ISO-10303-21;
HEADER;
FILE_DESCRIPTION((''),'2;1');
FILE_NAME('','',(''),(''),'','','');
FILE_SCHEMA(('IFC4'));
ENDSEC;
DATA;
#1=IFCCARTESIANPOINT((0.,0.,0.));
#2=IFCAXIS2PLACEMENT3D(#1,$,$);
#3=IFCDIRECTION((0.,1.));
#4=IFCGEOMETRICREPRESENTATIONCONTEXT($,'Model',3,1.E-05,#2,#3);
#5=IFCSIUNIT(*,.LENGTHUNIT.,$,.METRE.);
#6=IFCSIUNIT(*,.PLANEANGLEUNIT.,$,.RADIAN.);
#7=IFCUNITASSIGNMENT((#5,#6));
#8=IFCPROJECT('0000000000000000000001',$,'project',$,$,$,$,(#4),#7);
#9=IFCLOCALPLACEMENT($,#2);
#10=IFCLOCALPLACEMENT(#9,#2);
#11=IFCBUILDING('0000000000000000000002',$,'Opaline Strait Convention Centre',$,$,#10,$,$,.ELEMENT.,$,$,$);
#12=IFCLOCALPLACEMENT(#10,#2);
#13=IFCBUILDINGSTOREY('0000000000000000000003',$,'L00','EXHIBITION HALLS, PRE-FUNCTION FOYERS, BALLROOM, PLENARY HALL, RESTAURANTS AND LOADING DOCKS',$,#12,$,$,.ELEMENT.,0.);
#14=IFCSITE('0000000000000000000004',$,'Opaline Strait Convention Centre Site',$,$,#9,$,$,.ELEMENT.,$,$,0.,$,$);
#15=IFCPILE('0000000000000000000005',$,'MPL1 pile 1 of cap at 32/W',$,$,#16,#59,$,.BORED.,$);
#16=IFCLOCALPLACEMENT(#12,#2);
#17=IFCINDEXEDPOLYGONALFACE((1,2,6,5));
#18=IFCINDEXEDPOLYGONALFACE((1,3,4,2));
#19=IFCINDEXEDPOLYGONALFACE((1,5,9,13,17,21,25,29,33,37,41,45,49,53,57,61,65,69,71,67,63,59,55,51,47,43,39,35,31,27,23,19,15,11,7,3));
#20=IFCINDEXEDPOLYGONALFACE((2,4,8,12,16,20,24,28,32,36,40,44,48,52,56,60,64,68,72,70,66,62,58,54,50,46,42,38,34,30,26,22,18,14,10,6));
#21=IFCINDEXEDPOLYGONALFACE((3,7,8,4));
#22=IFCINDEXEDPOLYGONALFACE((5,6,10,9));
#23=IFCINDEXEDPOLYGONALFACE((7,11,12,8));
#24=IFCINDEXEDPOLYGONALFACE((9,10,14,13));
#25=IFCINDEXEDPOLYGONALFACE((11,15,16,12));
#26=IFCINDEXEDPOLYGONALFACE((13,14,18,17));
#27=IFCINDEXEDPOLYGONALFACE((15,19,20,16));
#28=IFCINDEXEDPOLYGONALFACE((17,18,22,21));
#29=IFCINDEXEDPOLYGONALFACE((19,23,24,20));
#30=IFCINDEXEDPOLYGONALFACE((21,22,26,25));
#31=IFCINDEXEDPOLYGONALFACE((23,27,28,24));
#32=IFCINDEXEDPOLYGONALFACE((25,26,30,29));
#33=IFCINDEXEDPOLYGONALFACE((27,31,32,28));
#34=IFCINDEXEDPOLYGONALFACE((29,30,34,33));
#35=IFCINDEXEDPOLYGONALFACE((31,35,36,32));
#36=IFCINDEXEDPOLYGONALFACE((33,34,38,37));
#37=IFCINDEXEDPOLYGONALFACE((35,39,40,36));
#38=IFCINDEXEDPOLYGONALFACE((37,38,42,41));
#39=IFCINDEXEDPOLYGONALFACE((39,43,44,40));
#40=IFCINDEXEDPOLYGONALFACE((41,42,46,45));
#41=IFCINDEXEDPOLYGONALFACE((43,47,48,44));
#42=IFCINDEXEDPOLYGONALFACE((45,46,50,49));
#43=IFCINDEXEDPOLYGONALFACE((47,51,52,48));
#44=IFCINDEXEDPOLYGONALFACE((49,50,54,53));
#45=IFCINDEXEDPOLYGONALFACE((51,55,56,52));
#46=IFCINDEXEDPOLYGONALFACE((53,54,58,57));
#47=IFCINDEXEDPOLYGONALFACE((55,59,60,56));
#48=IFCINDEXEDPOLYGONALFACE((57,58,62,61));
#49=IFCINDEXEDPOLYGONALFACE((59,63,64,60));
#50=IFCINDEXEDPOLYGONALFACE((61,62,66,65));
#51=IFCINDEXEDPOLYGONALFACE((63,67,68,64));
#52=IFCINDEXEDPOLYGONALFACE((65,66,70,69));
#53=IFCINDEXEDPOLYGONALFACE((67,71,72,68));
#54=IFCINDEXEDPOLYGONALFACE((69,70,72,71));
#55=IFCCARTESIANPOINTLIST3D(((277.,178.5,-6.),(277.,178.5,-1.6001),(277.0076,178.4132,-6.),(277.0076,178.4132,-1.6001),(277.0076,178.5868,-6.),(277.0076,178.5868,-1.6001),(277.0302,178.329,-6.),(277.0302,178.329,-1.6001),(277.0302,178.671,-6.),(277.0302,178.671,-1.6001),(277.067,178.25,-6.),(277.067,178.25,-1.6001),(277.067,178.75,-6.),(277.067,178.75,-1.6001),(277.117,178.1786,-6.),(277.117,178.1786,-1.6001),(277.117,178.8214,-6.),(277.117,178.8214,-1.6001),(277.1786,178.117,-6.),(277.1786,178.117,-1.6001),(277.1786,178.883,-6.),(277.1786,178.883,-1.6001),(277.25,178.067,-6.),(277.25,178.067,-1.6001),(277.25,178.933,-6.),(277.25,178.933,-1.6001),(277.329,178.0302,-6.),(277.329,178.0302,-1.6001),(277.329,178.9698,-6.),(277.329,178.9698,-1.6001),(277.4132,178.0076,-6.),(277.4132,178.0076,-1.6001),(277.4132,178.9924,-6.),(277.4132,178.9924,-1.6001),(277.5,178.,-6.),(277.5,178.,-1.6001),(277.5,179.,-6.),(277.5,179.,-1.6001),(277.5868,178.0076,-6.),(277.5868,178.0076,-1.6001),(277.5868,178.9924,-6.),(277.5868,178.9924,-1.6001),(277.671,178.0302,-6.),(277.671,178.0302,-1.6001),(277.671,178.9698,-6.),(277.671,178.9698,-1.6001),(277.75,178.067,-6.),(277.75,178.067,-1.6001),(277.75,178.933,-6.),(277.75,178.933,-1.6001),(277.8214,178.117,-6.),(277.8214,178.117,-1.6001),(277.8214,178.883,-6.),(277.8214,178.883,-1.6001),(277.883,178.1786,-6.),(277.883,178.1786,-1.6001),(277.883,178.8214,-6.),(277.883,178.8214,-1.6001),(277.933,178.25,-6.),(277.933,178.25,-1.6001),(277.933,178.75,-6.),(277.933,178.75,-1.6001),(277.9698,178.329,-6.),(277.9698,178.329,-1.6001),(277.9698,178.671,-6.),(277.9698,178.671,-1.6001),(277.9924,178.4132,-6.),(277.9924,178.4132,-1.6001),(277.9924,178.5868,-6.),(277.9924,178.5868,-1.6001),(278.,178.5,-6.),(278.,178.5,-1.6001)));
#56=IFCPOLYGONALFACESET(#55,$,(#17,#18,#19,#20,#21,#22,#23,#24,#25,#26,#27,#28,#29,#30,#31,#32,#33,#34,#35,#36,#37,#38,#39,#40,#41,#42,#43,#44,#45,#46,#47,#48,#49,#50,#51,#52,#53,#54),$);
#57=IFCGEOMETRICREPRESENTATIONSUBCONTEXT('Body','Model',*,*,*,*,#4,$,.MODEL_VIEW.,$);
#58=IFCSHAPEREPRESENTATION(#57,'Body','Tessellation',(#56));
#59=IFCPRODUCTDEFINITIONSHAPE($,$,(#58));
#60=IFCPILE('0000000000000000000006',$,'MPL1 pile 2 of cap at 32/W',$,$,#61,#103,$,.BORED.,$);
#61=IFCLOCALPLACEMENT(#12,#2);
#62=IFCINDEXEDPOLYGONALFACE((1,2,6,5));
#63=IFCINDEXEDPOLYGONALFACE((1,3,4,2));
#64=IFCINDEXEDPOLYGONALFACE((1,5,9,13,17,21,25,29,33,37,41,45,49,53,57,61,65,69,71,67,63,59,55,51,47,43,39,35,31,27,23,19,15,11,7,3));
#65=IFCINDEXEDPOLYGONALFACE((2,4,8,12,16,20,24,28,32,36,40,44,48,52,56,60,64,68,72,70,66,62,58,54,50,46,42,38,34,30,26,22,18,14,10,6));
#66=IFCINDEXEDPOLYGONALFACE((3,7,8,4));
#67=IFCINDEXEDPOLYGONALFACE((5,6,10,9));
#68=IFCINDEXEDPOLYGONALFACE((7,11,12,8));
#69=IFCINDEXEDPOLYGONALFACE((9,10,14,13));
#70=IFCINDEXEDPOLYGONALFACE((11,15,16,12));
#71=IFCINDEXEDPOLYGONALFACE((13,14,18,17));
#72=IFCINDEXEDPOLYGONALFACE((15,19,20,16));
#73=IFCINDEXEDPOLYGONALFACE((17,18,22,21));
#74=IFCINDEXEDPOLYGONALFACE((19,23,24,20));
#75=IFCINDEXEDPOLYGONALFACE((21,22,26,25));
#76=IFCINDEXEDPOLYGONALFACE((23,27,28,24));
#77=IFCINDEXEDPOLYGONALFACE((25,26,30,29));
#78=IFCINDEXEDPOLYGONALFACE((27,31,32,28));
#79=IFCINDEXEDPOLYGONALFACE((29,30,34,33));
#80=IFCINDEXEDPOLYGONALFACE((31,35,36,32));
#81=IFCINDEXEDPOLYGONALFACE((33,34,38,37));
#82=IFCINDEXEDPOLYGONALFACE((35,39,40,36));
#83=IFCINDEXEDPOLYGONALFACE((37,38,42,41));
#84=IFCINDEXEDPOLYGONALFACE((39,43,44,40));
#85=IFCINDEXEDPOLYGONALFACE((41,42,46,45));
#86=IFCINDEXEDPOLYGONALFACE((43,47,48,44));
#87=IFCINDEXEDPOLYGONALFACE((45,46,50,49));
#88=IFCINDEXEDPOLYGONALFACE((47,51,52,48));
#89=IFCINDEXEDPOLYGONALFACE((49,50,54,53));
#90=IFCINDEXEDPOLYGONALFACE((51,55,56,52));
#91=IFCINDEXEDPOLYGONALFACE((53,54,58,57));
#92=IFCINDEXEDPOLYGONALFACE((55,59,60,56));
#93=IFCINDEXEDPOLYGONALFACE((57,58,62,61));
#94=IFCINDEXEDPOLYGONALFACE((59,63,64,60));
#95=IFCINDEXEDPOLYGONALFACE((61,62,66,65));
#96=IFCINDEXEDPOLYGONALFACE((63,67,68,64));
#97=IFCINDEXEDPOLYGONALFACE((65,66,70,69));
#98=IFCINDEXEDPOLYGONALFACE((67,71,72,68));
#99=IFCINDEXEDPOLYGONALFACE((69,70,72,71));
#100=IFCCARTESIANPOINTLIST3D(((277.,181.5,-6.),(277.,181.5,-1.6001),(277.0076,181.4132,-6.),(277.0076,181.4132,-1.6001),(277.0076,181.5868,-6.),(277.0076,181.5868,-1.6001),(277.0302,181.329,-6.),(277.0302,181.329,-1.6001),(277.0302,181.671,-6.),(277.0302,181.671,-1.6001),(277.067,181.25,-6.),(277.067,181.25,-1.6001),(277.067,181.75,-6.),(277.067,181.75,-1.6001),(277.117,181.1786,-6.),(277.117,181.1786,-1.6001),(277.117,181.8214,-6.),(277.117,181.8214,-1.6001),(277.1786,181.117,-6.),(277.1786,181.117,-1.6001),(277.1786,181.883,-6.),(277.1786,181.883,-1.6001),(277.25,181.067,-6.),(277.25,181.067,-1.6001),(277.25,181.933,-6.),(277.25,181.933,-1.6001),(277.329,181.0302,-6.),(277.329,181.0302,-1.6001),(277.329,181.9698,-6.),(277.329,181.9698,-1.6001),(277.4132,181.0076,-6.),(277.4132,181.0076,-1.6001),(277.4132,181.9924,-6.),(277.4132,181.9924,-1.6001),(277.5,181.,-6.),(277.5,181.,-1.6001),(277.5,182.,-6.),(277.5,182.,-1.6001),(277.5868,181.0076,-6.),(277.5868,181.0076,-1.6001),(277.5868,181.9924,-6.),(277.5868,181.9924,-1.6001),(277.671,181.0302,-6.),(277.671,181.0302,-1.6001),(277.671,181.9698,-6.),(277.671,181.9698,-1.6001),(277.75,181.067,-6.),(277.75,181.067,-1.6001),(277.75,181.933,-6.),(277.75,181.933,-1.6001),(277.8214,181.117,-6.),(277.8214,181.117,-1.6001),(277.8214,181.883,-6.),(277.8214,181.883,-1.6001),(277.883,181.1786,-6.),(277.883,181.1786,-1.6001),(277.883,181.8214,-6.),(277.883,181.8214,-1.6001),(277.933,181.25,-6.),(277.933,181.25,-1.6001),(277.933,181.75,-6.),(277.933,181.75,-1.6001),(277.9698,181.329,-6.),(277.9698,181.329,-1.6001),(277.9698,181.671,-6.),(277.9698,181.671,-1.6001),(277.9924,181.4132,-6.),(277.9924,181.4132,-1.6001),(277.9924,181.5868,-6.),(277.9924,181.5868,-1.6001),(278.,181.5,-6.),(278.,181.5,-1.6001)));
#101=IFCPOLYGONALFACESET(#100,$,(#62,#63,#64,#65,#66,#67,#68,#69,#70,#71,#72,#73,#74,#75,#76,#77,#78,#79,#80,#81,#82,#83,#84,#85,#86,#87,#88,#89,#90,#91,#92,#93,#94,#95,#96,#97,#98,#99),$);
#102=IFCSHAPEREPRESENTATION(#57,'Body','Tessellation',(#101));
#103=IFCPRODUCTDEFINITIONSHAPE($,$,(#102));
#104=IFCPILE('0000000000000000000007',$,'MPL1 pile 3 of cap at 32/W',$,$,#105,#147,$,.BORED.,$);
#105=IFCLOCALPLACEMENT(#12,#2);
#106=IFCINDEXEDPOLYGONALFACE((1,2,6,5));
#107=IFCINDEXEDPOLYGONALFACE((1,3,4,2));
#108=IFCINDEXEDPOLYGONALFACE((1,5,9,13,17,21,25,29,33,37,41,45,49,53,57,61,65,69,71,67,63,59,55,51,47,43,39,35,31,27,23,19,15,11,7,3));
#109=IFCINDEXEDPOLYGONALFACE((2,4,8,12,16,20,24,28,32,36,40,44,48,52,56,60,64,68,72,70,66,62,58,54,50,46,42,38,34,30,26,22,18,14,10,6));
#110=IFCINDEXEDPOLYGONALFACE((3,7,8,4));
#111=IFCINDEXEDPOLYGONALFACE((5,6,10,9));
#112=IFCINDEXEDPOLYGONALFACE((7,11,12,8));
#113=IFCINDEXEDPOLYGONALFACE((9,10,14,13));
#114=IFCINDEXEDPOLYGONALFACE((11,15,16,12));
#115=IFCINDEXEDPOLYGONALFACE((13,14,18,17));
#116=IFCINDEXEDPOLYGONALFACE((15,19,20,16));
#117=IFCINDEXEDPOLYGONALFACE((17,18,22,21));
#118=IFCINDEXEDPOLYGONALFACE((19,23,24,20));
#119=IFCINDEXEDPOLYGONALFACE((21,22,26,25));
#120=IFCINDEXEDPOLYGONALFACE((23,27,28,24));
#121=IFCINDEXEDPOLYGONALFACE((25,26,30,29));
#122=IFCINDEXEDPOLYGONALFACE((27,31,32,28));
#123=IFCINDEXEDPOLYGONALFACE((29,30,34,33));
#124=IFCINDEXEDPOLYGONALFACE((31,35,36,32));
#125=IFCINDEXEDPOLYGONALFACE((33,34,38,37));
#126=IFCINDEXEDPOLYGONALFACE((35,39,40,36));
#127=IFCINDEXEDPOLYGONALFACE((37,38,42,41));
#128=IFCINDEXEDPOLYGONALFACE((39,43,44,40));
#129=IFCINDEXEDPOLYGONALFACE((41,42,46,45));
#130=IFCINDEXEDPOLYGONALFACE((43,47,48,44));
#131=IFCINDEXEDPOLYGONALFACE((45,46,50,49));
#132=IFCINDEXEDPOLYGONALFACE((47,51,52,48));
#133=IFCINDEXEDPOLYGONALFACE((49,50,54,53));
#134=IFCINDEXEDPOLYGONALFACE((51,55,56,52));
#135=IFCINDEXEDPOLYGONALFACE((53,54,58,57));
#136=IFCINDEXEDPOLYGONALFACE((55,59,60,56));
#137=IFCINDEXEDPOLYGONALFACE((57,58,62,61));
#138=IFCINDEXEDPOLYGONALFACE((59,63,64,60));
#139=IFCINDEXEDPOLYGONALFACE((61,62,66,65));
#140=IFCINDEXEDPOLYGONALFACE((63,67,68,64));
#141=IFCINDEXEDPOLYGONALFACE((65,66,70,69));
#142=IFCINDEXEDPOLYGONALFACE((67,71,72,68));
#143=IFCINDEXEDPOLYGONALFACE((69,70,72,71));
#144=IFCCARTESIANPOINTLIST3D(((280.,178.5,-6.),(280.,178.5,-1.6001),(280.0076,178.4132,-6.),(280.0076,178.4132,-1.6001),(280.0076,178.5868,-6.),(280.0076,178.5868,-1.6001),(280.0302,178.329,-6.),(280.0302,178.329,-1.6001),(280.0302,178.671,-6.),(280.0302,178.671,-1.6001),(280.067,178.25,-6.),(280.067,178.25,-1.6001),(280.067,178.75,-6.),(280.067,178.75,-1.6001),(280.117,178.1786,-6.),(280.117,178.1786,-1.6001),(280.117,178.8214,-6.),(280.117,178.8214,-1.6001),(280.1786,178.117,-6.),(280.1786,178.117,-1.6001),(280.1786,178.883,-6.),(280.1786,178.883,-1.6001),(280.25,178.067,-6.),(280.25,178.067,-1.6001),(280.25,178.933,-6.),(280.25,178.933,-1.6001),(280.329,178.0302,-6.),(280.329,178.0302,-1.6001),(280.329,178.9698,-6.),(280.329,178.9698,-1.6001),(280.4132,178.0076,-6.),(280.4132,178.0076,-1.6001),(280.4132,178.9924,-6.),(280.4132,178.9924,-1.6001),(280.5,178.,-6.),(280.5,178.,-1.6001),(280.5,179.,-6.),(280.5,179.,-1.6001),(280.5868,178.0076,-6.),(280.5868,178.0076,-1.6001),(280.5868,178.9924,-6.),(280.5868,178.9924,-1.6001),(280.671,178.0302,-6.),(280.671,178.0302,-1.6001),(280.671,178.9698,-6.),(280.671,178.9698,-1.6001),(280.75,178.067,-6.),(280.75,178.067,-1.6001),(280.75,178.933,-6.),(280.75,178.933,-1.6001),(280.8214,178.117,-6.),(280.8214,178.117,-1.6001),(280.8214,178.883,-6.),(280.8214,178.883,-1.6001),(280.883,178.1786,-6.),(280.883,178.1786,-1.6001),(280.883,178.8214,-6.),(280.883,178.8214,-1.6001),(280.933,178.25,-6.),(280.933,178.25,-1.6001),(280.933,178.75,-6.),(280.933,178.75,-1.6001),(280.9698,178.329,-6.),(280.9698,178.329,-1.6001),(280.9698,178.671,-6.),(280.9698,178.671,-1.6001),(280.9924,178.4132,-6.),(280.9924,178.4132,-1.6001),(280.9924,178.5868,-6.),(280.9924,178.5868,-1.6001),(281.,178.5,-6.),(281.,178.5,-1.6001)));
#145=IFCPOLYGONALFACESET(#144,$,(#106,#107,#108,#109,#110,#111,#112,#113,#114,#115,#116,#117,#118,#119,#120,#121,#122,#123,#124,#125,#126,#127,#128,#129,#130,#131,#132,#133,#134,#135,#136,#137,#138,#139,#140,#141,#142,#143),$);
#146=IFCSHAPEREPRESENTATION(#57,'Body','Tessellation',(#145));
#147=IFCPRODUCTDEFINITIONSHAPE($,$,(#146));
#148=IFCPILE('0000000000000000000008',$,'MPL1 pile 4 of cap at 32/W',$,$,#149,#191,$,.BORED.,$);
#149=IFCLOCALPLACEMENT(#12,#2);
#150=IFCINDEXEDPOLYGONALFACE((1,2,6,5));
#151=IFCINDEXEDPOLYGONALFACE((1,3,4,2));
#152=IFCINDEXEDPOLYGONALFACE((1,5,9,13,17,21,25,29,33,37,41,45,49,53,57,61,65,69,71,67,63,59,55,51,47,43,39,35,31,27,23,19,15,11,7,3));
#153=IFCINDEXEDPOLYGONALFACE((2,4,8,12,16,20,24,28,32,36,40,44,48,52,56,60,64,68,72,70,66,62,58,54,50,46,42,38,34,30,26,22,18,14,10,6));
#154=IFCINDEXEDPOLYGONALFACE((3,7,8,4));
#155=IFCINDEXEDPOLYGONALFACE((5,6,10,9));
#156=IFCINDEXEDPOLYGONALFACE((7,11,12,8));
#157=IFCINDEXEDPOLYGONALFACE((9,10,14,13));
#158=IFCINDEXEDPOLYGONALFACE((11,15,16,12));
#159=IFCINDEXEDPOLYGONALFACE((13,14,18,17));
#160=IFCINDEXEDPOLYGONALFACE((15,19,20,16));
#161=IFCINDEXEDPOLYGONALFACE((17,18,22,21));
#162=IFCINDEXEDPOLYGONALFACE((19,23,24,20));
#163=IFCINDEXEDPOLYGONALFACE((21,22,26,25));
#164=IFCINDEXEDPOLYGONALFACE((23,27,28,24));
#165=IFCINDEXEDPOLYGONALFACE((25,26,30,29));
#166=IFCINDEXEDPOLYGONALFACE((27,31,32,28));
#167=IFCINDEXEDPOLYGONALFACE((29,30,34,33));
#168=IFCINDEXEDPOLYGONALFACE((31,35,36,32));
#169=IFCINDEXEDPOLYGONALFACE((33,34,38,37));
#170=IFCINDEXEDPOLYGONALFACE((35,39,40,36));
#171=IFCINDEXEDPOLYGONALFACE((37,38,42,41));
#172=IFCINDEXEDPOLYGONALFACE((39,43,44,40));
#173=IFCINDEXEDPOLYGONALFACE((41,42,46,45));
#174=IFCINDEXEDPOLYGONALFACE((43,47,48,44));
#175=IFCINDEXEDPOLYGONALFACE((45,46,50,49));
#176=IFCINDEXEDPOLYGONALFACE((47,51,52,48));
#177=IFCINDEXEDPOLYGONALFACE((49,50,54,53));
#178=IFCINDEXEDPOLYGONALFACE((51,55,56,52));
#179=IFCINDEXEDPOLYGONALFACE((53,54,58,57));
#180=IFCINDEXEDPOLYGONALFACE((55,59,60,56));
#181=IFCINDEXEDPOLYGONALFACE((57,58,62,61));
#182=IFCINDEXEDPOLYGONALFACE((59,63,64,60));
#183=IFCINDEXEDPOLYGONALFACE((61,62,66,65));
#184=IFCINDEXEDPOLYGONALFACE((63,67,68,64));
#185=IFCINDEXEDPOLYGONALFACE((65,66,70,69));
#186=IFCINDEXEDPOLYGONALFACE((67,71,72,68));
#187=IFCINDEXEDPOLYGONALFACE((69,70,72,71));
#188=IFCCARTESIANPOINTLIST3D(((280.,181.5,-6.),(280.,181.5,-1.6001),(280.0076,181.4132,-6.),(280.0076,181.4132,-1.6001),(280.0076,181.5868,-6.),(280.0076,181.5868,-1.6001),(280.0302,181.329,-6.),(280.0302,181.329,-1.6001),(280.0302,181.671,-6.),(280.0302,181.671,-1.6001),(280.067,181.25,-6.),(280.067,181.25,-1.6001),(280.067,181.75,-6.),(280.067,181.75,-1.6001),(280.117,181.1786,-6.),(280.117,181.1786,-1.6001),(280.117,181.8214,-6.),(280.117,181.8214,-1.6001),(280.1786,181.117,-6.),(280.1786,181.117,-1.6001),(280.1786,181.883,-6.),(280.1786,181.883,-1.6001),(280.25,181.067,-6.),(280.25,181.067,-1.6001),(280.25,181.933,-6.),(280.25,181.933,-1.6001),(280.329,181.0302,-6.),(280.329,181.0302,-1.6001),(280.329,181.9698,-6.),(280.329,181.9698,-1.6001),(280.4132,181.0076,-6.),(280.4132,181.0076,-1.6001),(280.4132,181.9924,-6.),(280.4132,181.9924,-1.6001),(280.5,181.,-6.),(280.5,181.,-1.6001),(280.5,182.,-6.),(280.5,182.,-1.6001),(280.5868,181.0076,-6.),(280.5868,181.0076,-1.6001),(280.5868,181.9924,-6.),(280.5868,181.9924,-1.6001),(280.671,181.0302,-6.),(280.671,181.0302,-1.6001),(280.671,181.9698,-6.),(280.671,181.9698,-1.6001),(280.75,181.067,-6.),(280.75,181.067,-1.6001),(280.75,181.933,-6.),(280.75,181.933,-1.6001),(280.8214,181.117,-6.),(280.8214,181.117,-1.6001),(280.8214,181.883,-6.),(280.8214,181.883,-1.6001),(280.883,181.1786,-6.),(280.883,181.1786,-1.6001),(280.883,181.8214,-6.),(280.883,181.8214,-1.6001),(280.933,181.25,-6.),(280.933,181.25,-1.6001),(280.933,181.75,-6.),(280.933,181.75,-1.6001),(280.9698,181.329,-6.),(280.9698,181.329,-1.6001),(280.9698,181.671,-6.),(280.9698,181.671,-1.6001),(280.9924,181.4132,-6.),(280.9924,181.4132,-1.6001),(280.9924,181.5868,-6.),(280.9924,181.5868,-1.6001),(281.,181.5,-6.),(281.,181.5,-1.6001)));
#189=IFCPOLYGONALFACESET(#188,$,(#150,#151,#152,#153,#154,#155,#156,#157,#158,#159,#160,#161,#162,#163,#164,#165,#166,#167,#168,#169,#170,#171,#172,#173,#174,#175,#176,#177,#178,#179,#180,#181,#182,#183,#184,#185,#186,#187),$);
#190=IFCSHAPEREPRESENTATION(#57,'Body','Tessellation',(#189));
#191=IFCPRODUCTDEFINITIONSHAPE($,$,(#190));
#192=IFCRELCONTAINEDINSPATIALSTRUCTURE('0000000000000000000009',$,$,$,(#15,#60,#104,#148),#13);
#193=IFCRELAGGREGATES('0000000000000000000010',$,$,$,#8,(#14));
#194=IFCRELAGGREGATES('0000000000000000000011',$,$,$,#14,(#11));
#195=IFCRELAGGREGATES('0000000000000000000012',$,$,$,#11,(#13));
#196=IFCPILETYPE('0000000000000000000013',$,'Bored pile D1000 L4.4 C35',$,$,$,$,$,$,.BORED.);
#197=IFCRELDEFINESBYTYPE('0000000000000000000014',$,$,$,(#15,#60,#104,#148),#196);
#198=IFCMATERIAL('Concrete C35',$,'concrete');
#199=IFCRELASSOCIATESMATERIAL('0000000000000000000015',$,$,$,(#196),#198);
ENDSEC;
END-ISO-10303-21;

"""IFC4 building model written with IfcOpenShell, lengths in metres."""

from ifc_helpers import new_model, si_unit, direction, frame, origin, origin_2d, place, context, subcontext, project, spatial, circle, extrude, material, material_profile, profile_set, type_object, element, save


model = new_model("IFC4")

# Units and contexts
model_context = context("Model", 3, precision=1e-05, world=origin(), true_north=direction((0.0, 1.0)))
body_context = subcontext(model_context, "Body", "Model", "MODEL_VIEW")
ifc_project = project(units=[si_unit("LENGTHUNIT", "METRE"), si_unit("PLANEANGLEUNIT", "RADIAN")], contexts=[model_context])

# Site, building, storey
site_placement = place(None, origin())
site = spatial("IfcSite", under=ifc_project, at=site_placement, Name="Opaline Strait Convention Centre Site", CompositionType="ELEMENT", RefElevation=0.0)
building_placement = place(site_placement, origin())
building = spatial("IfcBuilding", under=site, at=building_placement, Name="Opaline Strait Convention Centre", CompositionType="ELEMENT")
storey_placement = place(building_placement, origin())
storey = spatial("IfcBuildingStorey", under=building, at=storey_placement, Name="L00", Description="EXHIBITION HALLS, PRE-FUNCTION FOYERS, BALLROOM, PLENARY HALL, RESTAURANTS AND LOADING DOCKS", CompositionType="ELEMENT", Elevation=0.0)

# Piles
ifc_material_1 = material(Name="Concrete C35", Category="concrete")
ifc_material_profile_1 = material_profile(ifc_material_1, circle(Radius=0.5, at=origin_2d()), Name="D1000")
ifc_profile_set_1 = profile_set([ifc_material_profile_1], Name="Concrete C35")
pile_type_1 = type_object("IfcPileType", Name="Bored pile D1000 L4.4 C35", PredefinedType="BORED", material=ifc_profile_set_1)
for number, where, z_axis, x_axis, name in (
    (1, (277.5, 178.5, -1.6001), (0.0, 0.0, -1.0), (1.0, 0.0, 0.0), "MPL1 pile 1 of cap at 32/W"),
    (2, (277.5, 181.5, -1.6001), (0.0, 0.0, -1.0), (1.0, 0.0, 0.0), "MPL1 pile 2 of cap at 32/W"),
    (3, (280.5, 178.5, -1.6001), (0.0, 0.0, -1.0), (1.0, 0.0, 0.0), "MPL1 pile 3 of cap at 32/W"),
    (4, (280.5, 181.5, -1.6001), (0.0, 0.0, -1.0), (1.0, 0.0, 0.0), "MPL1 pile 4 of cap at 32/W"),
):
    element("IfcPile", number, at=place(storey_placement, frame(where, z_axis=z_axis, x_axis=x_axis)), inside=storey, type_object=pile_type_1, Name=name, PredefinedType="BORED", context=body_context, shape_type="SweptSolid", body=[
        extrude(circle(Radius=0.5, at=origin_2d()), origin(), (0.0, 0.0, 1.0), 4.3999),
    ])

save(model, "model.ifc")
